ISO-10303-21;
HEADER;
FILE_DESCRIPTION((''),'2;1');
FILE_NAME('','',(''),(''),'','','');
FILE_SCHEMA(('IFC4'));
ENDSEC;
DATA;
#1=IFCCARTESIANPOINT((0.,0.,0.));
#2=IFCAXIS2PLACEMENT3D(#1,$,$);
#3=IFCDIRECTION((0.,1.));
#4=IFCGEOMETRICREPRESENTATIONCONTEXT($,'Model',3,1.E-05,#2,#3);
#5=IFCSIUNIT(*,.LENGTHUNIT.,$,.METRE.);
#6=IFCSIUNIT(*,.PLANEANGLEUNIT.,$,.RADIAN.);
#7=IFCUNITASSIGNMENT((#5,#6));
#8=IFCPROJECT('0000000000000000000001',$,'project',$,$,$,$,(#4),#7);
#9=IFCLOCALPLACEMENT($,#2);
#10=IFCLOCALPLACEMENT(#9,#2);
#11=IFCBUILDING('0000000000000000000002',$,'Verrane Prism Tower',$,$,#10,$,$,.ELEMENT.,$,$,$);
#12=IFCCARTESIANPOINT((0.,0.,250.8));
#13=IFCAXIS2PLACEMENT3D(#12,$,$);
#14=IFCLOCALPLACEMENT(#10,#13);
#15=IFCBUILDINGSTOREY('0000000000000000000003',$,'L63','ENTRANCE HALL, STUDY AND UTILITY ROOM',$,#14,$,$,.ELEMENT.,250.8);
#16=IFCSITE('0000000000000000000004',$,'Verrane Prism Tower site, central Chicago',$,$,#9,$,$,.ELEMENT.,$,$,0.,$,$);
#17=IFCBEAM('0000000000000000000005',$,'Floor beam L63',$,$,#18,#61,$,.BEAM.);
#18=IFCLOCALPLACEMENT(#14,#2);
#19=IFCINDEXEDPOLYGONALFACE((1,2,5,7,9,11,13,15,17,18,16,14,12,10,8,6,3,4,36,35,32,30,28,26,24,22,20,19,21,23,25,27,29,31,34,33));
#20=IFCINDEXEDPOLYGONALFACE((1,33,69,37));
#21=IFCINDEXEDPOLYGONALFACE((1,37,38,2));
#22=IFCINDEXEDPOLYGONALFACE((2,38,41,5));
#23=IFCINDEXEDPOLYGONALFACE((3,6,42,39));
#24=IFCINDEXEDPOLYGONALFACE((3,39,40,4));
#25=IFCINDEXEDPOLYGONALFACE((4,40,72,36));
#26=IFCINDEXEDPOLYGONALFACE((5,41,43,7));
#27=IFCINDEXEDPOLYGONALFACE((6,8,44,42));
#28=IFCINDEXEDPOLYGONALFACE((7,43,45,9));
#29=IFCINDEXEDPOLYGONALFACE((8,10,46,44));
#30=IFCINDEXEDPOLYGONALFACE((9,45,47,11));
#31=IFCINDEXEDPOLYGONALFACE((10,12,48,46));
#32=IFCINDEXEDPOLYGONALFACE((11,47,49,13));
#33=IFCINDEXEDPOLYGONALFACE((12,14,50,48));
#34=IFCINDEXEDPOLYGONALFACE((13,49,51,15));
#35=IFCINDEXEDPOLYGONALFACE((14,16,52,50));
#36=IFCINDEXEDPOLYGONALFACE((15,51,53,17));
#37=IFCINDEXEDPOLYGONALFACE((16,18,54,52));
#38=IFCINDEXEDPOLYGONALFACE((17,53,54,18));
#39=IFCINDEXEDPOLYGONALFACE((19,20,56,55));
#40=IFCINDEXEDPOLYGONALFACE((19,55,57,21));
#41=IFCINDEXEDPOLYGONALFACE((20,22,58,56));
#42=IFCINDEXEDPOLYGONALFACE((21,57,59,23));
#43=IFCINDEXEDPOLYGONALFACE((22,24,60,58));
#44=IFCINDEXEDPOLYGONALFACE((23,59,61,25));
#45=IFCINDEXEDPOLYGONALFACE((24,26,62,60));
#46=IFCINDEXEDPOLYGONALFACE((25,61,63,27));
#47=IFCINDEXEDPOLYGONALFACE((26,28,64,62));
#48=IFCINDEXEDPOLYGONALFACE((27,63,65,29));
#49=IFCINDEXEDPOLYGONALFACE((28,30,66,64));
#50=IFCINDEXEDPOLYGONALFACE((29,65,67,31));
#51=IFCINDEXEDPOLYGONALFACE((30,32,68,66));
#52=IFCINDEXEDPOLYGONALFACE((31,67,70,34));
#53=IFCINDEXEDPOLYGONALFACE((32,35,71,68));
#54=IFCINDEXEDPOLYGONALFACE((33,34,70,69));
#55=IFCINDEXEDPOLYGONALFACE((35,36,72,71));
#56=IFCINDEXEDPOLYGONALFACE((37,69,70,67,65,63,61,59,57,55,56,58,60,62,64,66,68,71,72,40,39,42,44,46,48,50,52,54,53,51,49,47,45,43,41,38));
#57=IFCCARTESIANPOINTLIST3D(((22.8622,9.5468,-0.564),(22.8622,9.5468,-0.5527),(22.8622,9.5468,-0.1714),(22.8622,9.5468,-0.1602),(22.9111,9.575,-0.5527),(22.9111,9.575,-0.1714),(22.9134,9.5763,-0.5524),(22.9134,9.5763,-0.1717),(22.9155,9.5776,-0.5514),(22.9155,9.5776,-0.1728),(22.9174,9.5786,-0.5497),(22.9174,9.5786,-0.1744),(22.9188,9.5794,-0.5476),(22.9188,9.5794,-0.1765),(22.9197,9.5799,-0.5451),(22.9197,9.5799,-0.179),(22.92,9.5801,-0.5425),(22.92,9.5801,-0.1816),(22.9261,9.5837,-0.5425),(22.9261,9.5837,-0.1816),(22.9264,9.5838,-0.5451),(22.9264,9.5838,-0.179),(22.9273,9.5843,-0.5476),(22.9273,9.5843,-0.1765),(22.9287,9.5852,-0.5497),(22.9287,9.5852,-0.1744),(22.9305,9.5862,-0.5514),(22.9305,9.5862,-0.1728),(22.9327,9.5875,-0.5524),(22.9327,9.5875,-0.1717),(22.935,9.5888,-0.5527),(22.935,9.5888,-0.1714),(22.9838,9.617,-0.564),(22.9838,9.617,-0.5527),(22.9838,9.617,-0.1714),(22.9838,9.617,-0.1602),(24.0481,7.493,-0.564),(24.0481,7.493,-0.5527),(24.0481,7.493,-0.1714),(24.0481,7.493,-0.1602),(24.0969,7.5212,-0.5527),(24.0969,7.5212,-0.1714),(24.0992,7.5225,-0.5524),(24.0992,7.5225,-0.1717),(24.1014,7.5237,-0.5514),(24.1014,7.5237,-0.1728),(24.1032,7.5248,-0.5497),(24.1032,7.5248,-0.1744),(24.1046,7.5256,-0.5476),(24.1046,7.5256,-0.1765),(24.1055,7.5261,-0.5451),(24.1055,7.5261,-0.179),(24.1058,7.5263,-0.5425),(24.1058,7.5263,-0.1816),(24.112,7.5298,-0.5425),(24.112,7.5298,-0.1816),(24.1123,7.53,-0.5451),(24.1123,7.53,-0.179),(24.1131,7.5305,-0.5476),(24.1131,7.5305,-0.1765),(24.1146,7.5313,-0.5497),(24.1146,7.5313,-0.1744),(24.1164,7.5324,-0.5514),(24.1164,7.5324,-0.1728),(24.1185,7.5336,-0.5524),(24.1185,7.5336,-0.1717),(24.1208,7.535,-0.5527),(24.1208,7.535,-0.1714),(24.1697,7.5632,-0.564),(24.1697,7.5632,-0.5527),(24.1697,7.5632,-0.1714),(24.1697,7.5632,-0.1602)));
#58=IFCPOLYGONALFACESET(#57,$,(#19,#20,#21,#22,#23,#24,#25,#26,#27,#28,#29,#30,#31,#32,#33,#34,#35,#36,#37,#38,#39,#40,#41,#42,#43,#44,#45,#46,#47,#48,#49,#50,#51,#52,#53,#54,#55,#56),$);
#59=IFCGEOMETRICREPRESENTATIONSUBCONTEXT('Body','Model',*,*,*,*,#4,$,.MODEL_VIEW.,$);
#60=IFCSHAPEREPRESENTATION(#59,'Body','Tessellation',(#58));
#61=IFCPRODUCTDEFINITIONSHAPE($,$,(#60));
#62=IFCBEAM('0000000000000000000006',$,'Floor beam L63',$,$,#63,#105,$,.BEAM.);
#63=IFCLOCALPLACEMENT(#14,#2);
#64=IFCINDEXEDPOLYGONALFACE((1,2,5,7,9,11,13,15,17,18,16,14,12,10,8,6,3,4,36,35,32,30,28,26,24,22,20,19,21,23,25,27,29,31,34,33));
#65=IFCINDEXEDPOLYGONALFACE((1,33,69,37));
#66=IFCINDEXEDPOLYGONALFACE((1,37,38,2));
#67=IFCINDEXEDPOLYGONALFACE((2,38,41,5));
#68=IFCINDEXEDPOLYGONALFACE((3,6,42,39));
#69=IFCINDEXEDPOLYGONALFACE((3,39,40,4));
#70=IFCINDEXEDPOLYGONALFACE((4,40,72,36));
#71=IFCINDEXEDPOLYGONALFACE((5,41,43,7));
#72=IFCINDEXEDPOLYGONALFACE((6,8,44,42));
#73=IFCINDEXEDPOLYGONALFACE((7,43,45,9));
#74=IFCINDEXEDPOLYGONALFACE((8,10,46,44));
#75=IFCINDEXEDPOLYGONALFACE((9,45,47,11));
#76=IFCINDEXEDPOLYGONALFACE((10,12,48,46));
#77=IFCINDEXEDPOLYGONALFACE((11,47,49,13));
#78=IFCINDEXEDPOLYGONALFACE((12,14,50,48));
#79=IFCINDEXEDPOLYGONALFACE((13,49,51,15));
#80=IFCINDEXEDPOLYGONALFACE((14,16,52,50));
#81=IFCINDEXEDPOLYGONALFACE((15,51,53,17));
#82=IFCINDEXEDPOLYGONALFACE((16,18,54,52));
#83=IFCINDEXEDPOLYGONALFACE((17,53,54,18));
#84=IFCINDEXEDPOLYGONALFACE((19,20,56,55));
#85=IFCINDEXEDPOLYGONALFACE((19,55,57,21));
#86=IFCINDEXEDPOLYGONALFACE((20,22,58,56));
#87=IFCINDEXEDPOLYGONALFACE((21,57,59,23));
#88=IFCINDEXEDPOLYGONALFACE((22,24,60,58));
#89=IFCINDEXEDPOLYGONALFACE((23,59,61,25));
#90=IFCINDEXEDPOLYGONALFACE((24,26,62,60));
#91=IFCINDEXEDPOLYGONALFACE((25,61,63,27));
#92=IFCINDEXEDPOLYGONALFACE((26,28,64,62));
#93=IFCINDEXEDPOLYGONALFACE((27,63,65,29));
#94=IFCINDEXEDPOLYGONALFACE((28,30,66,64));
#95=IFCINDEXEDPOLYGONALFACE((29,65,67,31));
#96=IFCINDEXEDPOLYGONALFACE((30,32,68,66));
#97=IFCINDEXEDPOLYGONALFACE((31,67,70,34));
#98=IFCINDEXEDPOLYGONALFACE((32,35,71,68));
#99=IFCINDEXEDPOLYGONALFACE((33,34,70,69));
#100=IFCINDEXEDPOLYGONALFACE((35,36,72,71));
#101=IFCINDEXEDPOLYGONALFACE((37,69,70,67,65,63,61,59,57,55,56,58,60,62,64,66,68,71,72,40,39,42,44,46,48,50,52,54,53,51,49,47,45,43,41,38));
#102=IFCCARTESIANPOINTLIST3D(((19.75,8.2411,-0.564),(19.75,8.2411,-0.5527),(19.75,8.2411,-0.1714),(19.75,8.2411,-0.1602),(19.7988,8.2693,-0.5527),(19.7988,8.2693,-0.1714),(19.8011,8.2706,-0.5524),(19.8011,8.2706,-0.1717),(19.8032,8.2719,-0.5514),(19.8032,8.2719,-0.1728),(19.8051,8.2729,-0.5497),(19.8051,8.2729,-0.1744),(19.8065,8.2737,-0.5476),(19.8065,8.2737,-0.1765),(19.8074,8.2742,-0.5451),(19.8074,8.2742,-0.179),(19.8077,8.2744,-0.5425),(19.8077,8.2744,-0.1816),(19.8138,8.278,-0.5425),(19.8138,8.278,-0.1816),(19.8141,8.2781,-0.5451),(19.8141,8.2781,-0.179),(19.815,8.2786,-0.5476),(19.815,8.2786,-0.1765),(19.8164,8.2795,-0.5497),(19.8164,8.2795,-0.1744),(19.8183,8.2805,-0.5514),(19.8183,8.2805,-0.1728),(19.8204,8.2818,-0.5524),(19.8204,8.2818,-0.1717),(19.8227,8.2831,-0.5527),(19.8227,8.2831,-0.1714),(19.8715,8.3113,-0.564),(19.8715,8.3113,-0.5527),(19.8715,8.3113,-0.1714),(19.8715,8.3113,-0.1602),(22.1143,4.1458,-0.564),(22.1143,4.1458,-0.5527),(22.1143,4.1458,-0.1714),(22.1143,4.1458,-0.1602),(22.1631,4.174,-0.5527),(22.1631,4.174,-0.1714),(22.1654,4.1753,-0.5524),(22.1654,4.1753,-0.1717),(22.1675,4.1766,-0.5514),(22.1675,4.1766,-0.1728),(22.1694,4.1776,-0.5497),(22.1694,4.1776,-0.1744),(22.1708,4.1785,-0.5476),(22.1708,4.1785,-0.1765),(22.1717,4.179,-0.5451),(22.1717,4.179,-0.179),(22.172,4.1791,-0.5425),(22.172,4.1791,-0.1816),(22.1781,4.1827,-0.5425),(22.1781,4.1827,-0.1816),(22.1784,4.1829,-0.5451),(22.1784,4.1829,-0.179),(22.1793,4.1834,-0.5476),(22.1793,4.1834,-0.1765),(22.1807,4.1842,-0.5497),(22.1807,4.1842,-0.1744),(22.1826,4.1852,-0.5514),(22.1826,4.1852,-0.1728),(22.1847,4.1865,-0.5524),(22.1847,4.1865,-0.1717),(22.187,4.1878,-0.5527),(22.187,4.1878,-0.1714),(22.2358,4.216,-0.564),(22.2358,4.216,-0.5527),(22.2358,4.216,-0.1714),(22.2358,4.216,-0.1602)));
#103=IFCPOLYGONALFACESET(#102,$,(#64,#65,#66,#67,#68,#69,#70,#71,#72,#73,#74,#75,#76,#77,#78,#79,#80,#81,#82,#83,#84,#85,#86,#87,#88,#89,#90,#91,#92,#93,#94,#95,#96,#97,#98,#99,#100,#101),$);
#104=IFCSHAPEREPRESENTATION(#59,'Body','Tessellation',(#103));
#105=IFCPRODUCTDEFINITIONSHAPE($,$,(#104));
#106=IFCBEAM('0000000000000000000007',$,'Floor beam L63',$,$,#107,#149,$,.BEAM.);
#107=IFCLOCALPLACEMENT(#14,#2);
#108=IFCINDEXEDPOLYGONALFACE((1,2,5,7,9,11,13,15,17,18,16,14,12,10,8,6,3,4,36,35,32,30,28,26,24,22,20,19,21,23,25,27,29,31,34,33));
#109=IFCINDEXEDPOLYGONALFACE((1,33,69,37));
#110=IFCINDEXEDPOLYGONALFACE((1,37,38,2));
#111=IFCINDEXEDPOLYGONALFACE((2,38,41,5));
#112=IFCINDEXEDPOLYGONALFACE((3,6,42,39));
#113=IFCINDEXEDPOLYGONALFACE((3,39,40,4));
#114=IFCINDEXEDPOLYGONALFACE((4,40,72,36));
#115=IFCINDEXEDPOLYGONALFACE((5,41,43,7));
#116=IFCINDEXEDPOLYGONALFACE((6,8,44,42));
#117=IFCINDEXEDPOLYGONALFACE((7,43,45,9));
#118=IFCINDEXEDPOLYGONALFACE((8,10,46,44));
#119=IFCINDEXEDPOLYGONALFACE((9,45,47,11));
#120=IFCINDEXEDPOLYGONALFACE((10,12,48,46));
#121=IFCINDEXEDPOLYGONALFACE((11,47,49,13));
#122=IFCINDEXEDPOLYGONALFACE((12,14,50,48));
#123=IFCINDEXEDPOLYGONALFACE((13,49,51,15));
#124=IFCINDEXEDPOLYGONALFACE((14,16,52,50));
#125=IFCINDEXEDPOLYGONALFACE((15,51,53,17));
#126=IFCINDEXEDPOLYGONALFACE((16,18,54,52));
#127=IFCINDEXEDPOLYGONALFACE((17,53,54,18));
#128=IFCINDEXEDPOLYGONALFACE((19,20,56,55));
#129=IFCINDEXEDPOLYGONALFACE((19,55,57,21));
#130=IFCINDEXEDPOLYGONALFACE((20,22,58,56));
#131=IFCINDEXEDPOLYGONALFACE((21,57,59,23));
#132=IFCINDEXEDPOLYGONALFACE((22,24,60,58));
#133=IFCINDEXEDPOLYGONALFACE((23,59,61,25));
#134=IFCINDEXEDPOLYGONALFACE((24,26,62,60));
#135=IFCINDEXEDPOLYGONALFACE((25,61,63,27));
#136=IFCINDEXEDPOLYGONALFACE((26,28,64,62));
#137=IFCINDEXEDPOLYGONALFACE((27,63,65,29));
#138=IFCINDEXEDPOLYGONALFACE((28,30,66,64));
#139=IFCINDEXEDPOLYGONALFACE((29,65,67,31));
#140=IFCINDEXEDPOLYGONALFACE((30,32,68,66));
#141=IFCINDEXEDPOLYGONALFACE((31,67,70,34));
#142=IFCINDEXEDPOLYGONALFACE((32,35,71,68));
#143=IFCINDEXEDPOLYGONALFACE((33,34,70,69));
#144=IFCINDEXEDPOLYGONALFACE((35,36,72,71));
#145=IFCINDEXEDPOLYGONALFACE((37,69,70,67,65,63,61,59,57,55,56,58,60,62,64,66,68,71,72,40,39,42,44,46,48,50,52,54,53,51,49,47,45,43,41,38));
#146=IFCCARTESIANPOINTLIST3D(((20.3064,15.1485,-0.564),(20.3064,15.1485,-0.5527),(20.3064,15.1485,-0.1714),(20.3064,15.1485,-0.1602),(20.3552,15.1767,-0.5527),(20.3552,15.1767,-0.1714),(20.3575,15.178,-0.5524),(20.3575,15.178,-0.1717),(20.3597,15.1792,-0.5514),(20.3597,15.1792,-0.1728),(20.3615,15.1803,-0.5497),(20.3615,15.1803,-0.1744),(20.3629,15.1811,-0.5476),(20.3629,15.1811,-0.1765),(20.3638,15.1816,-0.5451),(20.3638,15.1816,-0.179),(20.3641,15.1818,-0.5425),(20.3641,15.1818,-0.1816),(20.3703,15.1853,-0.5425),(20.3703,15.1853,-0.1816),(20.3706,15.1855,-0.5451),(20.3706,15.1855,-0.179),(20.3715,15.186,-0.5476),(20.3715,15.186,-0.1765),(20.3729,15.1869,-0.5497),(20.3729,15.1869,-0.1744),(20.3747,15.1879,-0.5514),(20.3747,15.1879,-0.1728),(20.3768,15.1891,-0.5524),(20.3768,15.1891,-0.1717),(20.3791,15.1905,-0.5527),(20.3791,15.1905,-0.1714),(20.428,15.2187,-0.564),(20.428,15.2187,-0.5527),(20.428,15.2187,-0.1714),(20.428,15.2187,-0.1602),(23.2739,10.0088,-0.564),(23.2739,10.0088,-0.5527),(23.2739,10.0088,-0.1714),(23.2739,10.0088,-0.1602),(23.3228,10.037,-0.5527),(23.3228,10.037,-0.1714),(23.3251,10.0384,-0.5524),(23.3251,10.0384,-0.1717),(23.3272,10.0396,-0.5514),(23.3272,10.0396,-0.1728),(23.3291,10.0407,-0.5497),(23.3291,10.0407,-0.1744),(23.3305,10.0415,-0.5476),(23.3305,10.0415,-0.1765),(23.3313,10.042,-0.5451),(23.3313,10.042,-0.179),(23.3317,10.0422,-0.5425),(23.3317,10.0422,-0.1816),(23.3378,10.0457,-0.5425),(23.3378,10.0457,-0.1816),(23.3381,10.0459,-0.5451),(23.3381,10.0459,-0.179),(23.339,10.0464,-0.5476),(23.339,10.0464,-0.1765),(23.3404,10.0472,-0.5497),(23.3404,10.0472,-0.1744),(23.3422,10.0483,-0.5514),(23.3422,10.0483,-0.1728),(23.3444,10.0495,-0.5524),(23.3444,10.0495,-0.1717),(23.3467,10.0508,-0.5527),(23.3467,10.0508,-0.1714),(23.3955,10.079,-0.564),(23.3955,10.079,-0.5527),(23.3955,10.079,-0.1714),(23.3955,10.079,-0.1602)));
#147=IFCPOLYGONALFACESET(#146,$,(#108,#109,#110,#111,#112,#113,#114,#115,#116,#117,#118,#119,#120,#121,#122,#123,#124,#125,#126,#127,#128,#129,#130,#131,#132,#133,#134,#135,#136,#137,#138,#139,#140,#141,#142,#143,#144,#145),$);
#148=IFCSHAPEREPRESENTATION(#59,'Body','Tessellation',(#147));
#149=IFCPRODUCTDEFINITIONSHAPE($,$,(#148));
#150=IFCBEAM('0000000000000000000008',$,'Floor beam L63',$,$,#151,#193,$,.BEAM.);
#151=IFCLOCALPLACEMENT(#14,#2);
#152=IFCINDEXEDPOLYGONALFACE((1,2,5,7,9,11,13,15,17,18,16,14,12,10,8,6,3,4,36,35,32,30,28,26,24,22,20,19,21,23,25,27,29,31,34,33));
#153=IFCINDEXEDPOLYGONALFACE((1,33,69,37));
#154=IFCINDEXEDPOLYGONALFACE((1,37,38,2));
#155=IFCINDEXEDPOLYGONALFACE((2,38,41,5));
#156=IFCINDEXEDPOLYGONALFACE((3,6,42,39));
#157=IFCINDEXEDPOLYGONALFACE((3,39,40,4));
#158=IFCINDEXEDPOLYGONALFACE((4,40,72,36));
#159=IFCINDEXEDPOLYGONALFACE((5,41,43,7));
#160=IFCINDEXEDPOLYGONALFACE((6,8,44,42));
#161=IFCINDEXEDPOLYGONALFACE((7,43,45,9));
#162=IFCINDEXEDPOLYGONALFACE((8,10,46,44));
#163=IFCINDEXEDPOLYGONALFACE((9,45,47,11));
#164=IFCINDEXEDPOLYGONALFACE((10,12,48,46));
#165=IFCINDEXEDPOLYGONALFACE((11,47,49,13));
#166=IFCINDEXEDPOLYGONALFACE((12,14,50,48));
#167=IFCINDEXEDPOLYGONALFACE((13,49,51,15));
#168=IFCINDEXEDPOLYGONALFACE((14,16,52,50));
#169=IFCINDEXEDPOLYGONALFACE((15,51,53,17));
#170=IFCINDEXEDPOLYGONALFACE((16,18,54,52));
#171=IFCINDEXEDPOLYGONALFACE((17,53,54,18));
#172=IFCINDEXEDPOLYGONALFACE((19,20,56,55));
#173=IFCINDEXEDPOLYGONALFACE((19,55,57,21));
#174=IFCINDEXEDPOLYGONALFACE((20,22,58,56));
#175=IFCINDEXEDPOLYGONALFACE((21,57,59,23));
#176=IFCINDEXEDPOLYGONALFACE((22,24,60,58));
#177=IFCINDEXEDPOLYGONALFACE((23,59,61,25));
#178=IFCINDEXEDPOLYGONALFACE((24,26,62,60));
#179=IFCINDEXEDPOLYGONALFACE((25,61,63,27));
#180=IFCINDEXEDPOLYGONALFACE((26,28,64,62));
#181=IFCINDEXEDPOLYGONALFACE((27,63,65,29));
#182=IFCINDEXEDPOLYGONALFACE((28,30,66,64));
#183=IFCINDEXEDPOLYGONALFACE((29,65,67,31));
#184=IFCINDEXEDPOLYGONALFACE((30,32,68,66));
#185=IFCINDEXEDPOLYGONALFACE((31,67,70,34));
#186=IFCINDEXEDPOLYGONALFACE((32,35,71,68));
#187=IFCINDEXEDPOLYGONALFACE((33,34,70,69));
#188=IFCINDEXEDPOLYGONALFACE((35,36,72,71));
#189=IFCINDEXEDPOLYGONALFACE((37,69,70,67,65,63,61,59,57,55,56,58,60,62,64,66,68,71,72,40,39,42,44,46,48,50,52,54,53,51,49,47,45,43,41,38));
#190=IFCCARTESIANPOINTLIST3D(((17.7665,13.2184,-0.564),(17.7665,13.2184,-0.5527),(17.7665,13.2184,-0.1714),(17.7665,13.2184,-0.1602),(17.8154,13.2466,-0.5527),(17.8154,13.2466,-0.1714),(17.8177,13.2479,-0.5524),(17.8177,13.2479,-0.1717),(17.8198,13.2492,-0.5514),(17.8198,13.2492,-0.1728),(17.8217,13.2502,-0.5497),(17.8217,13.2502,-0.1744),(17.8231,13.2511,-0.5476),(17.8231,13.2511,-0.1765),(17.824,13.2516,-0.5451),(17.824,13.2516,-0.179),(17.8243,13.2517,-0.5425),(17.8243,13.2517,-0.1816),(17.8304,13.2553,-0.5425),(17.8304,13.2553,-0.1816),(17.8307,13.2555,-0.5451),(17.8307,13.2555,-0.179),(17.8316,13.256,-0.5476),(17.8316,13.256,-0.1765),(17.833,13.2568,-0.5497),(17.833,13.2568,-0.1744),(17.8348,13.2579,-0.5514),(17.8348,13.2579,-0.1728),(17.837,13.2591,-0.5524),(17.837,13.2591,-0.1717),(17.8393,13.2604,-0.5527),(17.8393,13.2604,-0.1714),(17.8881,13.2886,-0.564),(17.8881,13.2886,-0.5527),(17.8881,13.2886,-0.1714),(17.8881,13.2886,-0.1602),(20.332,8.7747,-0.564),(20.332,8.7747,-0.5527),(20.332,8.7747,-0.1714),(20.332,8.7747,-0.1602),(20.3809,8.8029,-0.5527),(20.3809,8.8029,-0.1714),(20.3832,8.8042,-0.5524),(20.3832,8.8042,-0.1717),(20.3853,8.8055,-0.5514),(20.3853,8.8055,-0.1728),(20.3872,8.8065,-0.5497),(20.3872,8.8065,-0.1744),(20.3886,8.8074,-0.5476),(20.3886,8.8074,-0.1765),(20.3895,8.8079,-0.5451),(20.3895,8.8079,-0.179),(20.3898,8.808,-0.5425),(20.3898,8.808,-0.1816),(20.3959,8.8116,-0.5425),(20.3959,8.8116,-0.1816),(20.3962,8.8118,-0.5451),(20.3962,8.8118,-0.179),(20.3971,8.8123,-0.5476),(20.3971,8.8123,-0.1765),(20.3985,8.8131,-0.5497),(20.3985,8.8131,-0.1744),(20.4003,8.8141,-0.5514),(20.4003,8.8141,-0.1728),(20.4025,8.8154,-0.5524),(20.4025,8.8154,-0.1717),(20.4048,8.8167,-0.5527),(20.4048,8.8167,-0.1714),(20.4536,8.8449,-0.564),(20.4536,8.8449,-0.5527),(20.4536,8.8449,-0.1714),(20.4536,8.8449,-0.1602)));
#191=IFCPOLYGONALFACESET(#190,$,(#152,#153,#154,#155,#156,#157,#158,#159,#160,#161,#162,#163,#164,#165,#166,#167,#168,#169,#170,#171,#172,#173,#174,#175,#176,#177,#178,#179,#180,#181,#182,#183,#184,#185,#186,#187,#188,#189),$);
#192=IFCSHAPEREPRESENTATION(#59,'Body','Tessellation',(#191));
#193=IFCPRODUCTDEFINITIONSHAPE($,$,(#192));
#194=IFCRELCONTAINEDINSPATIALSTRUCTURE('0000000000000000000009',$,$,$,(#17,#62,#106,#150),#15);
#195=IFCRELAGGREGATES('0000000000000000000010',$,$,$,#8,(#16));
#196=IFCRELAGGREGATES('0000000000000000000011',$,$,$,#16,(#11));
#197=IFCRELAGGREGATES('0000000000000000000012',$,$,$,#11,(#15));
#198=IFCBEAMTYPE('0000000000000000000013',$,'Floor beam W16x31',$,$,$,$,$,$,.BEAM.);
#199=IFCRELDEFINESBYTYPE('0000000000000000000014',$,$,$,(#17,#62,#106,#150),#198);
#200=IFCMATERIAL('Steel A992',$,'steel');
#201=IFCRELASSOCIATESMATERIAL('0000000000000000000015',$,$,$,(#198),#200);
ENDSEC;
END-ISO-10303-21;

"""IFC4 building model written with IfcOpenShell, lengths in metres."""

from ifc_helpers import new_model, si_unit, direction, frame, origin, origin_2d, place, context, subcontext, project, spatial, i_section, extrude, material, material_profile, profile_set, type_object, element, save


model = new_model("IFC4")

# Units and contexts
model_context = context("Model", 3, precision=1e-05, world=origin(), true_north=direction((0.0, 1.0)))
body_context = subcontext(model_context, "Body", "Model", "MODEL_VIEW")
ifc_project = project(units=[si_unit("LENGTHUNIT", "METRE"), si_unit("PLANEANGLEUNIT", "RADIAN")], contexts=[model_context])

# Site, building, storey
site_placement = place(None, origin())
site = spatial("IfcSite", under=ifc_project, at=site_placement, Name="Verrane Prism Tower site, central Chicago", CompositionType="ELEMENT", RefElevation=0.0)
building_placement = place(site_placement, origin())
building = spatial("IfcBuilding", under=site, at=building_placement, Name="Verrane Prism Tower", CompositionType="ELEMENT")
storey_placement = place(building_placement, frame((0.0, 0.0, 250.8)))
storey = spatial("IfcBuildingStorey", under=building, at=storey_placement, Name="L63", Description="ENTRANCE HALL, STUDY AND UTILITY ROOM", CompositionType="ELEMENT", Elevation=250.8)

# Beams
ifc_material_1 = material(Name="Steel A992", Category="steel")
ifc_material_profile_1 = material_profile(ifc_material_1, i_section(OverallWidth=0.1404, OverallDepth=0.4038, WebThickness=0.0071, FlangeThickness=0.0112, FilletRadius=0.0103, at=origin_2d()), Name="W16x31")
ifc_profile_set_1 = profile_set([ifc_material_profile_1], Name="Steel A992")
beam_type_1 = type_object("IfcBeamType", Name="Floor beam W16x31", PredefinedType="BEAM", material=ifc_profile_set_1)
beam_1_placement = place(storey_placement, frame((24.1089, 7.5281, -0.3621), z_axis=(-0.500025, 0.866011, 0.0), x_axis=(-0.866011, -0.500025, 0.0)))
element("IfcBeam", 1, at=beam_1_placement, inside=storey, type_object=beam_type_1, Name="Floor beam L63", PredefinedType="BEAM", context=body_context, shape_type="SweptSolid", body=[
    extrude(i_section(OverallWidth=0.1404, OverallDepth=0.4038, WebThickness=0.0071, FlangeThickness=0.0112, FilletRadius=0.0103, at=origin_2d()), origin(), (0.0, 0.0, 1.0), 2.3716),
])
beam_2_placement = place(storey_placement, frame((22.175, 4.1809, -0.3621), z_axis=(-0.499982, 0.866036, 0.0), x_axis=(-0.866036, -0.499982, 0.0)))
element("IfcBeam", 2, at=beam_2_placement, inside=storey, type_object=beam_type_1, Name="Floor beam L63", PredefinedType="BEAM", context=body_context, shape_type="SweptSolid", body=[
    extrude(i_section(OverallWidth=0.1404, OverallDepth=0.4038, WebThickness=0.0071, FlangeThickness=0.0112, FilletRadius=0.0103, at=origin_2d()), origin(), (0.0, 0.0, 1.0), 4.7288),
])
beam_3_placement = place(storey_placement, frame((23.3347, 10.0439, -0.3621), z_axis=(-0.500019, 0.866014, 0.0), x_axis=(-0.866014, -0.500019, 0.0)))
element("IfcBeam", 3, at=beam_3_placement, inside=storey, type_object=beam_type_1, Name="Floor beam L63", PredefinedType="BEAM", context=body_context, shape_type="SweptSolid", body=[
    extrude(i_section(OverallWidth=0.1404, OverallDepth=0.4038, WebThickness=0.0071, FlangeThickness=0.0112, FilletRadius=0.0103, at=origin_2d()), origin(), (0.0, 0.0, 1.0), 5.9348),
])
beam_4_placement = place(storey_placement, frame((20.3928, 8.8098, -0.3621), z_axis=(-0.499987, 0.866033, 0.0), x_axis=(-0.866033, -0.499987, 0.0)))
element("IfcBeam", 4, at=beam_4_placement, inside=storey, type_object=beam_type_1, Name="Floor beam L63", PredefinedType="BEAM", context=body_context, shape_type="SweptSolid", body=[
    extrude(i_section(OverallWidth=0.1404, OverallDepth=0.4038, WebThickness=0.0071, FlangeThickness=0.0112, FilletRadius=0.0103, at=origin_2d()), origin(), (0.0, 0.0, 1.0), 5.1311),
])

save(model, "model.ifc")
